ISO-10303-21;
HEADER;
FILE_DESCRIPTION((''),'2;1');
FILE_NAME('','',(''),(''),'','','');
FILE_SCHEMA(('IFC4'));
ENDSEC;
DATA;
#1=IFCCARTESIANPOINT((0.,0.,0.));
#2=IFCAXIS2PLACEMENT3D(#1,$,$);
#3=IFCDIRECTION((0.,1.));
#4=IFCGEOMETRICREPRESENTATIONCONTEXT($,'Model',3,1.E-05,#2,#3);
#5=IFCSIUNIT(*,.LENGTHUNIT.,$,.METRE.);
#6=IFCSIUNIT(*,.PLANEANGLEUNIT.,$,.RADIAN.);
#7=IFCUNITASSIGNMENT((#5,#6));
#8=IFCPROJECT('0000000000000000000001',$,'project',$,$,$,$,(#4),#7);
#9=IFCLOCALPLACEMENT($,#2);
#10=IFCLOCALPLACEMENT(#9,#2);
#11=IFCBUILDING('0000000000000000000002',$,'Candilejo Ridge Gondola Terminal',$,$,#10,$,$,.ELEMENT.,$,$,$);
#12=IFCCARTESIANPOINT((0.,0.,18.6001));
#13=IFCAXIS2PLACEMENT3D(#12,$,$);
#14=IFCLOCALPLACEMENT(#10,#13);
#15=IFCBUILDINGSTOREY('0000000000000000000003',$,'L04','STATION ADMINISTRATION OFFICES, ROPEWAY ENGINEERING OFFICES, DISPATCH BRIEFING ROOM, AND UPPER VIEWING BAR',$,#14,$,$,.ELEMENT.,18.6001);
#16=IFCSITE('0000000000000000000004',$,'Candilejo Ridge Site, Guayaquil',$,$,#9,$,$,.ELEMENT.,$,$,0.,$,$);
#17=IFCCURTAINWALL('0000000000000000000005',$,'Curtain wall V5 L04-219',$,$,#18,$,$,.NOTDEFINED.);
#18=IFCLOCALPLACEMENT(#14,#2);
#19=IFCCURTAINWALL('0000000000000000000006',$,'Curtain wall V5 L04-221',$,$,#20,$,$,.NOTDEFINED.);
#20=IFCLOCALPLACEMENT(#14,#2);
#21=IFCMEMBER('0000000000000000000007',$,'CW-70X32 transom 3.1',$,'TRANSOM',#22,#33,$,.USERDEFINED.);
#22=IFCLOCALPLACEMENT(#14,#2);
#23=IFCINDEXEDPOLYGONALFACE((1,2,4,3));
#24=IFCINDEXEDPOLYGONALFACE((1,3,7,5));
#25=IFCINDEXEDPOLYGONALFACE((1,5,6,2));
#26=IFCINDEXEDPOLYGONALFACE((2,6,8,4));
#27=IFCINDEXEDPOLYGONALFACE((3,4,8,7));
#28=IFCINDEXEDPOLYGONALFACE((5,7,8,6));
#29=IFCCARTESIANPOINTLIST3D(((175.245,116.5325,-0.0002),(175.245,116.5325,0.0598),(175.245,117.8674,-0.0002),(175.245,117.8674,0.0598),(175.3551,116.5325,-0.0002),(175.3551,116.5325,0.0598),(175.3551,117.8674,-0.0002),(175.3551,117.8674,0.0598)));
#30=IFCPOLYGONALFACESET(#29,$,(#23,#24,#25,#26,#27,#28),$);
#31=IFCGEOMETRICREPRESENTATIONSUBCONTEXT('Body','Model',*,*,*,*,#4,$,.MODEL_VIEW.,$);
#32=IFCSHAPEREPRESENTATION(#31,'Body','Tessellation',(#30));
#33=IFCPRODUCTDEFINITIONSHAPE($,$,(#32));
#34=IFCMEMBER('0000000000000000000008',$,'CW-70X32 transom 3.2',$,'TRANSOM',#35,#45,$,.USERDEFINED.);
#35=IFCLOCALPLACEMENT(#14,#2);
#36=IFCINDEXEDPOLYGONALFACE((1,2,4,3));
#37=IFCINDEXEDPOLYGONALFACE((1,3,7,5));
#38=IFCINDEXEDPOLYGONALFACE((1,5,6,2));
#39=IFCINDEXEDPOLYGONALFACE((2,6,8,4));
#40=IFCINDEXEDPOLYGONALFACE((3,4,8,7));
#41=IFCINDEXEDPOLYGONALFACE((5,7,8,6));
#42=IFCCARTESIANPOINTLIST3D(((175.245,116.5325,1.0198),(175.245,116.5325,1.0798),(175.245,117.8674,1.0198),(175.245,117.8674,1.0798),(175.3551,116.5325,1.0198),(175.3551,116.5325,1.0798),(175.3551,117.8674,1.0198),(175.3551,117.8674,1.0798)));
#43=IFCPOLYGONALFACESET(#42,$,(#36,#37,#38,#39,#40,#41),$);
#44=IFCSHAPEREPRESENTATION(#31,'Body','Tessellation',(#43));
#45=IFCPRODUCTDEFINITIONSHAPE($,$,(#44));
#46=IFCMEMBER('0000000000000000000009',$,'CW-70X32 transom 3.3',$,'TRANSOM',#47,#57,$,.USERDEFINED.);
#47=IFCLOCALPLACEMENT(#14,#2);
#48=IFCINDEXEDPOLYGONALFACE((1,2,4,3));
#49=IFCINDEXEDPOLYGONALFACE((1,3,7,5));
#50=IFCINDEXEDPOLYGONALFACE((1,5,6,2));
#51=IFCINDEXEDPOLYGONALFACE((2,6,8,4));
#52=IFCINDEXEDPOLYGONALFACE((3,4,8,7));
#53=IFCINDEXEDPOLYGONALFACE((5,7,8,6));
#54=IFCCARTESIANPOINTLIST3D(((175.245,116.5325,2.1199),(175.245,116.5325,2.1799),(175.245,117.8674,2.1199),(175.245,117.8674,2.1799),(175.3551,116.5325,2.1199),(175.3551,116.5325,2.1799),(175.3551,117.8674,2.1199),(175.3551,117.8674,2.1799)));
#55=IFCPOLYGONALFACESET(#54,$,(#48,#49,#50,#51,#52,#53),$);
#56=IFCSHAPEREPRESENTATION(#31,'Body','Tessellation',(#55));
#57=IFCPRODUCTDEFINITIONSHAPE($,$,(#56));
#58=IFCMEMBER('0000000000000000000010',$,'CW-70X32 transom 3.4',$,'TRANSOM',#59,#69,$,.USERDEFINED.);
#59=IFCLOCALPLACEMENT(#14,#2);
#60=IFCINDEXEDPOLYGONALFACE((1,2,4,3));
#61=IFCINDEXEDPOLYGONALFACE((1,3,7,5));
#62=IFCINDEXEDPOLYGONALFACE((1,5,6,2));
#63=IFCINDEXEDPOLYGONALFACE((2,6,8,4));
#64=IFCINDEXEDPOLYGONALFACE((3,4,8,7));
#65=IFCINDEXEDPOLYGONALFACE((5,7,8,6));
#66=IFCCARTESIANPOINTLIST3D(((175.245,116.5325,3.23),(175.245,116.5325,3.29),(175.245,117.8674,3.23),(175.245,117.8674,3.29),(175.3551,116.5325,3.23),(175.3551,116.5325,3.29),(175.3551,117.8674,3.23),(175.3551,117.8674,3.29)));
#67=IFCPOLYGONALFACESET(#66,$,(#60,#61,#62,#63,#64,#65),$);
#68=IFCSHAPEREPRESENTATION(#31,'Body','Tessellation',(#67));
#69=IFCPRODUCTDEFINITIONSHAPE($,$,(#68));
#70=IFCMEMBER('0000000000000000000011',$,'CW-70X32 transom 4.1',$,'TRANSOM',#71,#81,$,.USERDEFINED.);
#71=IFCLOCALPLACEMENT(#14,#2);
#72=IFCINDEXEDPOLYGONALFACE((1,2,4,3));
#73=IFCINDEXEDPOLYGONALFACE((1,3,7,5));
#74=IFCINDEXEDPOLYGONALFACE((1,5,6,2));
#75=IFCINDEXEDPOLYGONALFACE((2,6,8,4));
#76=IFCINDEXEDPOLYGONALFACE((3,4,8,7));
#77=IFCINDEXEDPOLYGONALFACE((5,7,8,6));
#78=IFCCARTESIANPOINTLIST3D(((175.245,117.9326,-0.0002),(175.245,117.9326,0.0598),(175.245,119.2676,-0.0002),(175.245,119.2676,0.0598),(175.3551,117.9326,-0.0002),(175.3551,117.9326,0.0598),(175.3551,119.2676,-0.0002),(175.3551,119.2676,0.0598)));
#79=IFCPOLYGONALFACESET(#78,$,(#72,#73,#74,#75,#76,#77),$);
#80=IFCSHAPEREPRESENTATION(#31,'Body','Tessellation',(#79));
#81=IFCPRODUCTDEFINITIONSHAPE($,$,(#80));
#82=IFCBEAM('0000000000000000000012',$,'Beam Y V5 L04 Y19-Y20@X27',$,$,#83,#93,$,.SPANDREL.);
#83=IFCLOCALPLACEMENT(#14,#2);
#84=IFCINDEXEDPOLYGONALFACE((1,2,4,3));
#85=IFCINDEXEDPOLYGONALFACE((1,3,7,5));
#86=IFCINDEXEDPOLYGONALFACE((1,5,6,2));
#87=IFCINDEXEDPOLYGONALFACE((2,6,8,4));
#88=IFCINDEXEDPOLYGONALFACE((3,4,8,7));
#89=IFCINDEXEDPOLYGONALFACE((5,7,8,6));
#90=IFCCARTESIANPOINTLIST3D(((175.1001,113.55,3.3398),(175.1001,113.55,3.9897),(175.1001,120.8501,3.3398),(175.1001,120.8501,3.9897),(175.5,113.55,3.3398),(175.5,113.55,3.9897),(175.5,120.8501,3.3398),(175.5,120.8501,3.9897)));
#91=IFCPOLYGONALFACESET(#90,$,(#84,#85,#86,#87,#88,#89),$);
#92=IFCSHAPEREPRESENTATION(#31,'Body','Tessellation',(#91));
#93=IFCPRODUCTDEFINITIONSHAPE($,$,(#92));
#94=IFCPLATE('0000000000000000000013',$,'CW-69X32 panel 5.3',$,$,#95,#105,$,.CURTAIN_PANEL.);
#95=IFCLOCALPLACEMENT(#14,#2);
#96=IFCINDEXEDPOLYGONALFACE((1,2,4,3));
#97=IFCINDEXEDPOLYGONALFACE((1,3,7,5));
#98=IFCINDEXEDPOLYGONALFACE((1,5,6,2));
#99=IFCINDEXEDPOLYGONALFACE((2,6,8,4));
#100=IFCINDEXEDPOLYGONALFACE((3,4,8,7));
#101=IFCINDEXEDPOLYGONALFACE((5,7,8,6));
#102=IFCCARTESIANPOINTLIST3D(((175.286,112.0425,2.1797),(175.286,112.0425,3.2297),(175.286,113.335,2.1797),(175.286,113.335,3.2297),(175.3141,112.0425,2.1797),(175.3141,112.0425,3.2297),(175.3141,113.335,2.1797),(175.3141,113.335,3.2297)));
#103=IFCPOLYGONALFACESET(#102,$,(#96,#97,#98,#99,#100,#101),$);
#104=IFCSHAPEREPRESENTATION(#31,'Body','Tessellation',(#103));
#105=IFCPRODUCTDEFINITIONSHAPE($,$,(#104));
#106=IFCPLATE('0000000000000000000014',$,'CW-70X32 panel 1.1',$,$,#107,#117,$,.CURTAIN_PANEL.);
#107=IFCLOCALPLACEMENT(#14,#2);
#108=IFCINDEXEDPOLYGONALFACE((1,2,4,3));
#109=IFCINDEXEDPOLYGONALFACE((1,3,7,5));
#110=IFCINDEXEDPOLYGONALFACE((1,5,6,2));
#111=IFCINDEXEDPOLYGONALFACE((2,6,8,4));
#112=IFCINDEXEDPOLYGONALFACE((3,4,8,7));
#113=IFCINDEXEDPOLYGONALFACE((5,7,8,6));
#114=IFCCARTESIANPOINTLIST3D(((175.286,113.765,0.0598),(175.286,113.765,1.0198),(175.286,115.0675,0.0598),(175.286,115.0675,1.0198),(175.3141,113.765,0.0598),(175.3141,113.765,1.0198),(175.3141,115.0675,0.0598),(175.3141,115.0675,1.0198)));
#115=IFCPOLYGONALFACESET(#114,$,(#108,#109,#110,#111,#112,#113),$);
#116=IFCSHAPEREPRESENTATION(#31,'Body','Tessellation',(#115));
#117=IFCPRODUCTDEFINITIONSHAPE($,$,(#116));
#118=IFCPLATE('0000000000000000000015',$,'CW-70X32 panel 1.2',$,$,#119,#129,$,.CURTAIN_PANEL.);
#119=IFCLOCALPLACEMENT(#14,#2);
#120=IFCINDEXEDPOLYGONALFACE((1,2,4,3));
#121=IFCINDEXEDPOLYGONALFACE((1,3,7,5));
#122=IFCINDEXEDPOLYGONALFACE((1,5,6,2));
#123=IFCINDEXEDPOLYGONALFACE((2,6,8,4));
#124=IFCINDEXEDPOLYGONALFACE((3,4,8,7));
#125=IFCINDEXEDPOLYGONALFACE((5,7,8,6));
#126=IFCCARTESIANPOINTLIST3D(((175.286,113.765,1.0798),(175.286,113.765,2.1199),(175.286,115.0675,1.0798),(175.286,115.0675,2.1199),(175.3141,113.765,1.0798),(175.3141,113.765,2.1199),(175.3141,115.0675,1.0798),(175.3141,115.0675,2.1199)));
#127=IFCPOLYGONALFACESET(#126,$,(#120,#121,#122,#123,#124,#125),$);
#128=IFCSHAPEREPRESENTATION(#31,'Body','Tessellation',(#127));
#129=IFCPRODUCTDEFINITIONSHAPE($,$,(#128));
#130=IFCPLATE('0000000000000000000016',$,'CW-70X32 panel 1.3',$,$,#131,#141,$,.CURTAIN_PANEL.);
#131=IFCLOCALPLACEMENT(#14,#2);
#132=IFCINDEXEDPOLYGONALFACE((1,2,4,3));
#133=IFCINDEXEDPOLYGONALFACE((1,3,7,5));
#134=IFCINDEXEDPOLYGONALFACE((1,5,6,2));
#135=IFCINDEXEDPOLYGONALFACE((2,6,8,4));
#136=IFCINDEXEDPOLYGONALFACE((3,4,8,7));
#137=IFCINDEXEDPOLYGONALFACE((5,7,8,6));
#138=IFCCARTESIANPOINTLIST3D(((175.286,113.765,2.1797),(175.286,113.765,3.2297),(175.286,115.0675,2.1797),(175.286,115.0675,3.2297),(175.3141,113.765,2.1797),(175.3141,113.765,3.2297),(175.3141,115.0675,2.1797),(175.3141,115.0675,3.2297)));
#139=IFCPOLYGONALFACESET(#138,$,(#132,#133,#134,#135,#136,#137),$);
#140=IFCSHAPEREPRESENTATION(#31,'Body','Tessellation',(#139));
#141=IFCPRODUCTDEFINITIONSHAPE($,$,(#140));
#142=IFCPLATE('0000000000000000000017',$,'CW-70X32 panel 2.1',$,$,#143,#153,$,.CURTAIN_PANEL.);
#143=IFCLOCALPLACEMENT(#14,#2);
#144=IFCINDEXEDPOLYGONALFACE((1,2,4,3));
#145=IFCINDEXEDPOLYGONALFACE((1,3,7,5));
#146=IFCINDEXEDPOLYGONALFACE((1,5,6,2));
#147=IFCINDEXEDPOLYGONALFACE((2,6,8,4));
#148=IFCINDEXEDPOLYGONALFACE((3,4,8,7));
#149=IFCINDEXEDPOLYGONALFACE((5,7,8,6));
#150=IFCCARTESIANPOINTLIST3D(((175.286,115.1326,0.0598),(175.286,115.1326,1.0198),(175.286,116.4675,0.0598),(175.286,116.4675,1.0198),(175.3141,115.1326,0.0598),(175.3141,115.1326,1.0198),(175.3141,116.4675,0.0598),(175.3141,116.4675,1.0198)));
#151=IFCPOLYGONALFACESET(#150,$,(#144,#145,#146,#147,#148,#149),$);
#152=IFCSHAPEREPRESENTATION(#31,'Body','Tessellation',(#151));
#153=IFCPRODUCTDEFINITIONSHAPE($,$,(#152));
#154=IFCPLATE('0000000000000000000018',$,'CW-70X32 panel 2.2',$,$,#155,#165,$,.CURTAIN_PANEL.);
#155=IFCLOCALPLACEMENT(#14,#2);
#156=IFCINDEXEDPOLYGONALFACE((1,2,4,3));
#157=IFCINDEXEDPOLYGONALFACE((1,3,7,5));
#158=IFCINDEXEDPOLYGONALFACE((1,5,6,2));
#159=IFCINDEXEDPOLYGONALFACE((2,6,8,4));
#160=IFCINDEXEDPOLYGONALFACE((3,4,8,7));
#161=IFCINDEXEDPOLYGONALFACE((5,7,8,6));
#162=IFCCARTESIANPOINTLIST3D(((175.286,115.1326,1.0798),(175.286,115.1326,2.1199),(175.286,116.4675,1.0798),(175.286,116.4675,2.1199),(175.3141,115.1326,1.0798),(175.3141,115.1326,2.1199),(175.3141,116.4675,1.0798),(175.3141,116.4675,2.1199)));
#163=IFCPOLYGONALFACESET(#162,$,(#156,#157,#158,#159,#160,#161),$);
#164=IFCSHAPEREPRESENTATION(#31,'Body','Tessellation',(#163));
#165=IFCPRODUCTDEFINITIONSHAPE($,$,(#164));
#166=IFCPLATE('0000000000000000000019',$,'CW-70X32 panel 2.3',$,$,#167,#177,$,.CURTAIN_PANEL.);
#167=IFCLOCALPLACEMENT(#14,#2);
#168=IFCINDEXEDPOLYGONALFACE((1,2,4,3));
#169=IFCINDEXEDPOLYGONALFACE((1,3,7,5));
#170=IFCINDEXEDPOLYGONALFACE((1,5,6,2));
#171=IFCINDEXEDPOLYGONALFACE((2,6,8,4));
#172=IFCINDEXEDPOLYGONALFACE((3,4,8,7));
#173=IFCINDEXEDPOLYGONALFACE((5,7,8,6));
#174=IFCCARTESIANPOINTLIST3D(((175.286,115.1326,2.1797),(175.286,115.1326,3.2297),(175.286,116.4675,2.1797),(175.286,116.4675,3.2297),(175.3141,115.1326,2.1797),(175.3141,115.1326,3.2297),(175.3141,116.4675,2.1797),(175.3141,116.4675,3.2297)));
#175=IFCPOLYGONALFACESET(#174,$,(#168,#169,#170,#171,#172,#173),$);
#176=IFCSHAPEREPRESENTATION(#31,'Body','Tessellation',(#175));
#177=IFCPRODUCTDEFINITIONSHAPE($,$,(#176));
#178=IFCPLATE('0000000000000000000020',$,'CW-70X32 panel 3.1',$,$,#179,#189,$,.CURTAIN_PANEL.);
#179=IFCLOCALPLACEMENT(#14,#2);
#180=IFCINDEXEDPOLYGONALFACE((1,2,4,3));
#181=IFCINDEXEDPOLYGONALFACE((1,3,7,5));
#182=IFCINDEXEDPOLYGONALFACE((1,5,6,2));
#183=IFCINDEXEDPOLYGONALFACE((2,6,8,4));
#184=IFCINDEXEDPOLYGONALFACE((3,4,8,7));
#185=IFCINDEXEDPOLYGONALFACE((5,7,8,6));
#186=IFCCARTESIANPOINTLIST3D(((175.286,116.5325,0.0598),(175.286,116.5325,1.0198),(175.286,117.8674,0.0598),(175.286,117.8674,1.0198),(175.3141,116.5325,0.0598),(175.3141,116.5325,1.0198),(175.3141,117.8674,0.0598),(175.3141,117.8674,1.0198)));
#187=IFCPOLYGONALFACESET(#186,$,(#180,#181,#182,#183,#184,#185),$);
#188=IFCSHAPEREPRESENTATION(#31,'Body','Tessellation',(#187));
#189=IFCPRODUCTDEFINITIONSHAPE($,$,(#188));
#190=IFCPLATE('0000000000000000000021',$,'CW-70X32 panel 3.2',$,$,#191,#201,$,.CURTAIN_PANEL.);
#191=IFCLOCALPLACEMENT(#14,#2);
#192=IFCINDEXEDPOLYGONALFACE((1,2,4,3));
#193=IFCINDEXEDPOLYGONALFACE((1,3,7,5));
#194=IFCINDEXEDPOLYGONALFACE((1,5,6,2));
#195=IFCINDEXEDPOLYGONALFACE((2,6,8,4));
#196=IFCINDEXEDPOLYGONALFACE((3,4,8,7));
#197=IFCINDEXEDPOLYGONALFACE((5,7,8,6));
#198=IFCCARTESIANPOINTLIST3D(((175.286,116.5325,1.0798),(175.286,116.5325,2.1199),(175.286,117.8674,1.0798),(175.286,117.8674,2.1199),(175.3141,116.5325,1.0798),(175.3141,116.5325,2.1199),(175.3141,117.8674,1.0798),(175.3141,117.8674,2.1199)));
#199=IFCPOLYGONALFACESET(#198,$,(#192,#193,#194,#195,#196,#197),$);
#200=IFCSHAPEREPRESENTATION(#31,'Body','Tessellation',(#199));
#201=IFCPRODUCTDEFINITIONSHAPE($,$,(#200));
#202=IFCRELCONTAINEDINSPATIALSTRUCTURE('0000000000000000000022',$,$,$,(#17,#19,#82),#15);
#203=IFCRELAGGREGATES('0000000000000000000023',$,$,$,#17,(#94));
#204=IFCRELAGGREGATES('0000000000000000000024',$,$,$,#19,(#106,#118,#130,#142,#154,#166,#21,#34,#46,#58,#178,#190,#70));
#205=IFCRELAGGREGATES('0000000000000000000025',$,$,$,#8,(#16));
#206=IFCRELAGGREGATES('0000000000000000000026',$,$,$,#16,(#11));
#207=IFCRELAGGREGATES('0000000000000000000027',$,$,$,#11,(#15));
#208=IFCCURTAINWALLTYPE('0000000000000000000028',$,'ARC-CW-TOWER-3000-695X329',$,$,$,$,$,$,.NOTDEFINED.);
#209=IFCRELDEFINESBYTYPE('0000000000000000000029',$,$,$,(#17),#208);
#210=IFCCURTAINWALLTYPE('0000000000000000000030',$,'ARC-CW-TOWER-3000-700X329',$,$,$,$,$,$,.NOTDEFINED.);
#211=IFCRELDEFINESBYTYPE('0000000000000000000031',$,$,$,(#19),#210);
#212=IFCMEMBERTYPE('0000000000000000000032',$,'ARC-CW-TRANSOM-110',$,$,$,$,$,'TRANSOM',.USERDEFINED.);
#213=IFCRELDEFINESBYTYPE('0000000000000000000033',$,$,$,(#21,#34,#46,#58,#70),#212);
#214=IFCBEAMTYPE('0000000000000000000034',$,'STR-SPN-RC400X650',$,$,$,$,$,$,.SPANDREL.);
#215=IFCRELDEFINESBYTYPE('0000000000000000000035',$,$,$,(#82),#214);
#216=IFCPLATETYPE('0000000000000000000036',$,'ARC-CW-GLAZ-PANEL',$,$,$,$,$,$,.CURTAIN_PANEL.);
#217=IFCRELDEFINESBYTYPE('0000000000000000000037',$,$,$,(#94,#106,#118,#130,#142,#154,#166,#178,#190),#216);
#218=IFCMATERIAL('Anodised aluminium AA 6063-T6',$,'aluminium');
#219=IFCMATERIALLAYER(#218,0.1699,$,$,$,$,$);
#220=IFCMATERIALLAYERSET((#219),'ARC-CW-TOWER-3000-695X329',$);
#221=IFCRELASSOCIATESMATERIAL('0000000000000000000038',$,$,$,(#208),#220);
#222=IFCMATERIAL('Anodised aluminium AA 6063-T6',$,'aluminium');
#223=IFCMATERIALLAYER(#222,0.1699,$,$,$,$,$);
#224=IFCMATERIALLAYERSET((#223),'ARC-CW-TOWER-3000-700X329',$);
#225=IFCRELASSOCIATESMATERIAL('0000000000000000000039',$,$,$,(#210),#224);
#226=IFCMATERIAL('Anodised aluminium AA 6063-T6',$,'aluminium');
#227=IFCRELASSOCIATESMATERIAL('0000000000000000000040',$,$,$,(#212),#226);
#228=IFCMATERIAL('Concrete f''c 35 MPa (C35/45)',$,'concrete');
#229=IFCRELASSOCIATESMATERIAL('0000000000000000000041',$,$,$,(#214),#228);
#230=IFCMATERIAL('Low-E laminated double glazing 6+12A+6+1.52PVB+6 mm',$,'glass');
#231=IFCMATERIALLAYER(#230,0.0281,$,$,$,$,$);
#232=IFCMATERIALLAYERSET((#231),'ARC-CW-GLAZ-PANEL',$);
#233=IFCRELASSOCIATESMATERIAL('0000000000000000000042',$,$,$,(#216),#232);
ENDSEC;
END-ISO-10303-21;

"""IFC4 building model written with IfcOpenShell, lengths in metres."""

from ifc_helpers import new_model, si_unit, direction, frame, origin, origin_2d, place, context, subcontext, project, spatial, rectangle, extrude, material, layer, layer_set, material_profile, profile_set, type_object, element, aggregate, save


model = new_model("IFC4")

# Units and contexts
model_context = context("Model", 3, precision=1e-05, world=origin(), true_north=direction((0.0, 1.0)))
body_context = subcontext(model_context, "Body", "Model", "MODEL_VIEW")
ifc_project = project(units=[si_unit("LENGTHUNIT", "METRE"), si_unit("PLANEANGLEUNIT", "RADIAN")], contexts=[model_context])

# Site, building, storey
site_placement = place(None, origin())
site = spatial("IfcSite", under=ifc_project, at=site_placement, Name="Candilejo Ridge Site, Guayaquil", CompositionType="ELEMENT", RefElevation=0.0)
building_placement = place(site_placement, origin())
building = spatial("IfcBuilding", under=site, at=building_placement, Name="Candilejo Ridge Gondola Terminal", CompositionType="ELEMENT")
storey_placement = place(building_placement, frame((0.0, 0.0, 18.6001)))
storey = spatial("IfcBuildingStorey", under=building, at=storey_placement, Name="L04", Description="STATION ADMINISTRATION OFFICES, ROPEWAY ENGINEERING OFFICES, DISPATCH BRIEFING ROOM, AND UPPER VIEWING BAR", CompositionType="ELEMENT", Elevation=18.6001)

# Curtain wall
ifc_material_1 = material(Name="Anodised aluminium AA 6063-T6", Category="aluminium")
ifc_layer_1 = layer(ifc_material_1, 0.1699)
ifc_layer_set_1 = layer_set([ifc_layer_1], Name="ARC-CW-TOWER-3000-695X329")
curtain_wall_type_1 = type_object("IfcCurtainWallType", Name="ARC-CW-TOWER-3000-695X329", PredefinedType="NOTDEFINED", material=ifc_layer_set_1)
curtain_wall_1_placement = place(storey_placement, origin())
curtain_wall_1 = element("IfcCurtainWall", 1, at=curtain_wall_1_placement, inside=storey, type_object=curtain_wall_type_1, Name="Curtain wall V5 L04-219", PredefinedType="NOTDEFINED")

# Curtain wall, members
ifc_material_2 = material(Name="Anodised aluminium AA 6063-T6", Category="aluminium")
ifc_layer_2 = layer(ifc_material_2, 0.1699)
ifc_layer_set_2 = layer_set([ifc_layer_2], Name="ARC-CW-TOWER-3000-700X329")
curtain_wall_type_2 = type_object("IfcCurtainWallType", Name="ARC-CW-TOWER-3000-700X329", PredefinedType="NOTDEFINED", material=ifc_layer_set_2)
curtain_wall_2_placement = place(storey_placement, origin())
curtain_wall_2 = element("IfcCurtainWall", 2, at=curtain_wall_2_placement, inside=storey, type_object=curtain_wall_type_2, Name="Curtain wall V5 L04-221", PredefinedType="NOTDEFINED")
ifc_material_3 = material(Name="Anodised aluminium AA 6063-T6", Category="aluminium")
ifc_material_profile_1 = material_profile(ifc_material_3, rectangle(XDim=0.1101, YDim=0.0601, at=origin_2d()))
ifc_profile_set_1 = profile_set([ifc_material_profile_1], Name="Anodised aluminium AA 6063-T6")
member_type_1 = type_object("IfcMemberType", Name="ARC-CW-TRANSOM-110", ElementType="TRANSOM", PredefinedType="USERDEFINED", material=ifc_profile_set_1)
member_1_placement = place(storey_placement, frame((175.3, 116.5325, 0.0298), z_axis=(0.0, 1.0, 0.0), x_axis=(-1.0, 0.0, 0.0)))
member_1 = element("IfcMember", 3, at=member_1_placement, type_object=member_type_1, Name="CW-70X32 transom 3.1", ObjectType="TRANSOM", PredefinedType="USERDEFINED", context=body_context, shape_type="SweptSolid", body=[
    extrude(rectangle(XDim=0.1101, YDim=0.0601, at=origin_2d()), origin(), (0.0, 0.0, 1.0), 1.335),
])
member_2_placement = place(storey_placement, frame((175.3, 116.5325, 1.0498), z_axis=(0.0, 1.0, 0.0), x_axis=(-1.0, 0.0, 0.0)))
member_2 = element("IfcMember", 4, at=member_2_placement, type_object=member_type_1, Name="CW-70X32 transom 3.2", ObjectType="TRANSOM", PredefinedType="USERDEFINED", context=body_context, shape_type="SweptSolid", body=[
    extrude(rectangle(XDim=0.1101, YDim=0.0601, at=origin_2d()), origin(), (0.0, 0.0, 1.0), 1.335),
])
member_3_placement = place(storey_placement, frame((175.3, 116.5325, 2.1499), z_axis=(0.0, 1.0, 0.0), x_axis=(-1.0, 0.0, 0.0)))
member_3 = element("IfcMember", 5, at=member_3_placement, type_object=member_type_1, Name="CW-70X32 transom 3.3", ObjectType="TRANSOM", PredefinedType="USERDEFINED", context=body_context, shape_type="SweptSolid", body=[
    extrude(rectangle(XDim=0.1101, YDim=0.0601, at=origin_2d()), origin(), (0.0, 0.0, 1.0), 1.335),
])
member_4_placement = place(storey_placement, frame((175.3, 116.5325, 3.26), z_axis=(0.0, 1.0, 0.0), x_axis=(-1.0, 0.0, 0.0)))
member_4 = element("IfcMember", 6, at=member_4_placement, type_object=member_type_1, Name="CW-70X32 transom 3.4", ObjectType="TRANSOM", PredefinedType="USERDEFINED", context=body_context, shape_type="SweptSolid", body=[
    extrude(rectangle(XDim=0.1101, YDim=0.0601, at=origin_2d()), origin(), (0.0, 0.0, 1.0), 1.335),
])
member_5_placement = place(storey_placement, frame((175.3, 117.9326, 0.0298), z_axis=(0.0, 1.0, 0.0), x_axis=(-1.0, 0.0, 0.0)))
member_5 = element("IfcMember", 7, at=member_5_placement, type_object=member_type_1, Name="CW-70X32 transom 4.1", ObjectType="TRANSOM", PredefinedType="USERDEFINED", context=body_context, shape_type="SweptSolid", body=[
    extrude(rectangle(XDim=0.1101, YDim=0.0601, at=origin_2d()), origin(), (0.0, 0.0, 1.0), 1.335),
])

# Beam
ifc_material_4 = material(Name="Concrete f'c 35 MPa (C35/45)", Category="concrete")
ifc_material_profile_2 = material_profile(ifc_material_4, rectangle(XDim=0.3999, YDim=0.6499, at=origin_2d()))
ifc_profile_set_2 = profile_set([ifc_material_profile_2], Name="Concrete f'c 35 MPa (C35/45)")
beam_type = type_object("IfcBeamType", Name="STR-SPN-RC400X650", PredefinedType="SPANDREL", material=ifc_profile_set_2)
beam_placement = place(storey_placement, frame((175.3, 113.55, 3.6648), z_axis=(0.0, 1.0, 0.0), x_axis=(-1.0, 0.0, 0.0)))
element("IfcBeam", 8, at=beam_placement, inside=storey, type_object=beam_type, Name="Beam Y V5 L04 Y19-Y20@X27", PredefinedType="SPANDREL", context=body_context, shape_type="SweptSolid", body=[
    extrude(rectangle(XDim=0.3999, YDim=0.6499, at=origin_2d()), origin(), (0.0, 0.0, 1.0), 7.3),
])

# Plates
ifc_material_5 = material(Name="Low-E laminated double glazing 6+12A+6+1.52PVB+6 mm", Category="glass")
ifc_layer_3 = layer(ifc_material_5, 0.0281)
ifc_layer_set_3 = layer_set([ifc_layer_3], Name="ARC-CW-GLAZ-PANEL")
plate_type = type_object("IfcPlateType", Name="ARC-CW-GLAZ-PANEL", PredefinedType="CURTAIN_PANEL", material=ifc_layer_set_3)
plate_1_placement = place(storey_placement, frame((175.3, 112.6887, 2.1797), z_axis=(0.0, 0.0, 1.0), x_axis=(0.0, 1.0, 0.0)))
plate_1 = element("IfcPlate", 9, at=plate_1_placement, type_object=plate_type, Name="CW-69X32 panel 5.3", PredefinedType="CURTAIN_PANEL", context=body_context, shape_type="SweptSolid", body=[
    extrude(rectangle(XDim=1.2925, YDim=0.0281, at=origin_2d()), origin(), (0.0, 0.0, 1.0), 1.05),
])
aggregate(curtain_wall_1, [plate_1])
plate_2_placement = place(storey_placement, frame((175.3, 114.4163, 0.0598), z_axis=(0.0, 0.0, 1.0), x_axis=(0.0, 1.0, 0.0)))
plate_2 = element("IfcPlate", 10, at=plate_2_placement, type_object=plate_type, Name="CW-70X32 panel 1.1", PredefinedType="CURTAIN_PANEL", context=body_context, shape_type="SweptSolid", body=[
    extrude(rectangle(XDim=1.3025, YDim=0.0281, at=origin_2d()), origin(), (0.0, 0.0, 1.0), 0.96),
])
plate_3_placement = place(storey_placement, frame((175.3, 114.4163, 1.0798), z_axis=(0.0, 0.0, 1.0), x_axis=(0.0, 1.0, 0.0)))
plate_3 = element("IfcPlate", 11, at=plate_3_placement, type_object=plate_type, Name="CW-70X32 panel 1.2", PredefinedType="CURTAIN_PANEL", context=body_context, shape_type="SweptSolid", body=[
    extrude(rectangle(XDim=1.3025, YDim=0.0281, at=origin_2d()), origin(), (0.0, 0.0, 1.0), 1.04),
])
plate_4_placement = place(storey_placement, frame((175.3, 114.4163, 2.1797), z_axis=(0.0, 0.0, 1.0), x_axis=(0.0, 1.0, 0.0)))
plate_4 = element("IfcPlate", 12, at=plate_4_placement, type_object=plate_type, Name="CW-70X32 panel 1.3", PredefinedType="CURTAIN_PANEL", context=body_context, shape_type="SweptSolid", body=[
    extrude(rectangle(XDim=1.3025, YDim=0.0281, at=origin_2d()), origin(), (0.0, 0.0, 1.0), 1.05),
])
plate_5_placement = place(storey_placement, frame((175.3, 115.8, 0.0598), z_axis=(0.0, 0.0, 1.0), x_axis=(0.0, 1.0, 0.0)))
plate_5 = element("IfcPlate", 13, at=plate_5_placement, type_object=plate_type, Name="CW-70X32 panel 2.1", PredefinedType="CURTAIN_PANEL", context=body_context, shape_type="SweptSolid", body=[
    extrude(rectangle(XDim=1.335, YDim=0.0281, at=origin_2d()), origin(), (0.0, 0.0, 1.0), 0.96),
])
plate_6_placement = place(storey_placement, frame((175.3, 115.8, 1.0798), z_axis=(0.0, 0.0, 1.0), x_axis=(0.0, 1.0, 0.0)))
plate_6 = element("IfcPlate", 14, at=plate_6_placement, type_object=plate_type, Name="CW-70X32 panel 2.2", PredefinedType="CURTAIN_PANEL", context=body_context, shape_type="SweptSolid", body=[
    extrude(rectangle(XDim=1.335, YDim=0.0281, at=origin_2d()), origin(), (0.0, 0.0, 1.0), 1.04),
])
plate_7_placement = place(storey_placement, frame((175.3, 115.8, 2.1797), z_axis=(0.0, 0.0, 1.0), x_axis=(0.0, 1.0, 0.0)))
plate_7 = element("IfcPlate", 15, at=plate_7_placement, type_object=plate_type, Name="CW-70X32 panel 2.3", PredefinedType="CURTAIN_PANEL", context=body_context, shape_type="SweptSolid", body=[
    extrude(rectangle(XDim=1.335, YDim=0.0281, at=origin_2d()), origin(), (0.0, 0.0, 1.0), 1.05),
])
plate_8_placement = place(storey_placement, frame((175.3, 117.2, 0.0598), z_axis=(0.0, 0.0, 1.0), x_axis=(0.0, 1.0, 0.0)))
plate_8 = element("IfcPlate", 16, at=plate_8_placement, type_object=plate_type, Name="CW-70X32 panel 3.1", PredefinedType="CURTAIN_PANEL", context=body_context, shape_type="SweptSolid", body=[
    extrude(rectangle(XDim=1.335, YDim=0.0281, at=origin_2d()), origin(), (0.0, 0.0, 1.0), 0.96),
])
plate_9_placement = place(storey_placement, frame((175.3, 117.2, 1.0798), z_axis=(0.0, 0.0, 1.0), x_axis=(0.0, 1.0, 0.0)))
plate_9 = element("IfcPlate", 17, at=plate_9_placement, type_object=plate_type, Name="CW-70X32 panel 3.2", PredefinedType="CURTAIN_PANEL", context=body_context, shape_type="SweptSolid", body=[
    extrude(rectangle(XDim=1.335, YDim=0.0281, at=origin_2d()), origin(), (0.0, 0.0, 1.0), 1.04),
])
aggregate(curtain_wall_2, [plate_2, plate_3, plate_4, plate_5, plate_6, plate_7, member_1, member_2, member_3, member_4, plate_8, plate_9, member_5])

save(model, "model.ifc")
